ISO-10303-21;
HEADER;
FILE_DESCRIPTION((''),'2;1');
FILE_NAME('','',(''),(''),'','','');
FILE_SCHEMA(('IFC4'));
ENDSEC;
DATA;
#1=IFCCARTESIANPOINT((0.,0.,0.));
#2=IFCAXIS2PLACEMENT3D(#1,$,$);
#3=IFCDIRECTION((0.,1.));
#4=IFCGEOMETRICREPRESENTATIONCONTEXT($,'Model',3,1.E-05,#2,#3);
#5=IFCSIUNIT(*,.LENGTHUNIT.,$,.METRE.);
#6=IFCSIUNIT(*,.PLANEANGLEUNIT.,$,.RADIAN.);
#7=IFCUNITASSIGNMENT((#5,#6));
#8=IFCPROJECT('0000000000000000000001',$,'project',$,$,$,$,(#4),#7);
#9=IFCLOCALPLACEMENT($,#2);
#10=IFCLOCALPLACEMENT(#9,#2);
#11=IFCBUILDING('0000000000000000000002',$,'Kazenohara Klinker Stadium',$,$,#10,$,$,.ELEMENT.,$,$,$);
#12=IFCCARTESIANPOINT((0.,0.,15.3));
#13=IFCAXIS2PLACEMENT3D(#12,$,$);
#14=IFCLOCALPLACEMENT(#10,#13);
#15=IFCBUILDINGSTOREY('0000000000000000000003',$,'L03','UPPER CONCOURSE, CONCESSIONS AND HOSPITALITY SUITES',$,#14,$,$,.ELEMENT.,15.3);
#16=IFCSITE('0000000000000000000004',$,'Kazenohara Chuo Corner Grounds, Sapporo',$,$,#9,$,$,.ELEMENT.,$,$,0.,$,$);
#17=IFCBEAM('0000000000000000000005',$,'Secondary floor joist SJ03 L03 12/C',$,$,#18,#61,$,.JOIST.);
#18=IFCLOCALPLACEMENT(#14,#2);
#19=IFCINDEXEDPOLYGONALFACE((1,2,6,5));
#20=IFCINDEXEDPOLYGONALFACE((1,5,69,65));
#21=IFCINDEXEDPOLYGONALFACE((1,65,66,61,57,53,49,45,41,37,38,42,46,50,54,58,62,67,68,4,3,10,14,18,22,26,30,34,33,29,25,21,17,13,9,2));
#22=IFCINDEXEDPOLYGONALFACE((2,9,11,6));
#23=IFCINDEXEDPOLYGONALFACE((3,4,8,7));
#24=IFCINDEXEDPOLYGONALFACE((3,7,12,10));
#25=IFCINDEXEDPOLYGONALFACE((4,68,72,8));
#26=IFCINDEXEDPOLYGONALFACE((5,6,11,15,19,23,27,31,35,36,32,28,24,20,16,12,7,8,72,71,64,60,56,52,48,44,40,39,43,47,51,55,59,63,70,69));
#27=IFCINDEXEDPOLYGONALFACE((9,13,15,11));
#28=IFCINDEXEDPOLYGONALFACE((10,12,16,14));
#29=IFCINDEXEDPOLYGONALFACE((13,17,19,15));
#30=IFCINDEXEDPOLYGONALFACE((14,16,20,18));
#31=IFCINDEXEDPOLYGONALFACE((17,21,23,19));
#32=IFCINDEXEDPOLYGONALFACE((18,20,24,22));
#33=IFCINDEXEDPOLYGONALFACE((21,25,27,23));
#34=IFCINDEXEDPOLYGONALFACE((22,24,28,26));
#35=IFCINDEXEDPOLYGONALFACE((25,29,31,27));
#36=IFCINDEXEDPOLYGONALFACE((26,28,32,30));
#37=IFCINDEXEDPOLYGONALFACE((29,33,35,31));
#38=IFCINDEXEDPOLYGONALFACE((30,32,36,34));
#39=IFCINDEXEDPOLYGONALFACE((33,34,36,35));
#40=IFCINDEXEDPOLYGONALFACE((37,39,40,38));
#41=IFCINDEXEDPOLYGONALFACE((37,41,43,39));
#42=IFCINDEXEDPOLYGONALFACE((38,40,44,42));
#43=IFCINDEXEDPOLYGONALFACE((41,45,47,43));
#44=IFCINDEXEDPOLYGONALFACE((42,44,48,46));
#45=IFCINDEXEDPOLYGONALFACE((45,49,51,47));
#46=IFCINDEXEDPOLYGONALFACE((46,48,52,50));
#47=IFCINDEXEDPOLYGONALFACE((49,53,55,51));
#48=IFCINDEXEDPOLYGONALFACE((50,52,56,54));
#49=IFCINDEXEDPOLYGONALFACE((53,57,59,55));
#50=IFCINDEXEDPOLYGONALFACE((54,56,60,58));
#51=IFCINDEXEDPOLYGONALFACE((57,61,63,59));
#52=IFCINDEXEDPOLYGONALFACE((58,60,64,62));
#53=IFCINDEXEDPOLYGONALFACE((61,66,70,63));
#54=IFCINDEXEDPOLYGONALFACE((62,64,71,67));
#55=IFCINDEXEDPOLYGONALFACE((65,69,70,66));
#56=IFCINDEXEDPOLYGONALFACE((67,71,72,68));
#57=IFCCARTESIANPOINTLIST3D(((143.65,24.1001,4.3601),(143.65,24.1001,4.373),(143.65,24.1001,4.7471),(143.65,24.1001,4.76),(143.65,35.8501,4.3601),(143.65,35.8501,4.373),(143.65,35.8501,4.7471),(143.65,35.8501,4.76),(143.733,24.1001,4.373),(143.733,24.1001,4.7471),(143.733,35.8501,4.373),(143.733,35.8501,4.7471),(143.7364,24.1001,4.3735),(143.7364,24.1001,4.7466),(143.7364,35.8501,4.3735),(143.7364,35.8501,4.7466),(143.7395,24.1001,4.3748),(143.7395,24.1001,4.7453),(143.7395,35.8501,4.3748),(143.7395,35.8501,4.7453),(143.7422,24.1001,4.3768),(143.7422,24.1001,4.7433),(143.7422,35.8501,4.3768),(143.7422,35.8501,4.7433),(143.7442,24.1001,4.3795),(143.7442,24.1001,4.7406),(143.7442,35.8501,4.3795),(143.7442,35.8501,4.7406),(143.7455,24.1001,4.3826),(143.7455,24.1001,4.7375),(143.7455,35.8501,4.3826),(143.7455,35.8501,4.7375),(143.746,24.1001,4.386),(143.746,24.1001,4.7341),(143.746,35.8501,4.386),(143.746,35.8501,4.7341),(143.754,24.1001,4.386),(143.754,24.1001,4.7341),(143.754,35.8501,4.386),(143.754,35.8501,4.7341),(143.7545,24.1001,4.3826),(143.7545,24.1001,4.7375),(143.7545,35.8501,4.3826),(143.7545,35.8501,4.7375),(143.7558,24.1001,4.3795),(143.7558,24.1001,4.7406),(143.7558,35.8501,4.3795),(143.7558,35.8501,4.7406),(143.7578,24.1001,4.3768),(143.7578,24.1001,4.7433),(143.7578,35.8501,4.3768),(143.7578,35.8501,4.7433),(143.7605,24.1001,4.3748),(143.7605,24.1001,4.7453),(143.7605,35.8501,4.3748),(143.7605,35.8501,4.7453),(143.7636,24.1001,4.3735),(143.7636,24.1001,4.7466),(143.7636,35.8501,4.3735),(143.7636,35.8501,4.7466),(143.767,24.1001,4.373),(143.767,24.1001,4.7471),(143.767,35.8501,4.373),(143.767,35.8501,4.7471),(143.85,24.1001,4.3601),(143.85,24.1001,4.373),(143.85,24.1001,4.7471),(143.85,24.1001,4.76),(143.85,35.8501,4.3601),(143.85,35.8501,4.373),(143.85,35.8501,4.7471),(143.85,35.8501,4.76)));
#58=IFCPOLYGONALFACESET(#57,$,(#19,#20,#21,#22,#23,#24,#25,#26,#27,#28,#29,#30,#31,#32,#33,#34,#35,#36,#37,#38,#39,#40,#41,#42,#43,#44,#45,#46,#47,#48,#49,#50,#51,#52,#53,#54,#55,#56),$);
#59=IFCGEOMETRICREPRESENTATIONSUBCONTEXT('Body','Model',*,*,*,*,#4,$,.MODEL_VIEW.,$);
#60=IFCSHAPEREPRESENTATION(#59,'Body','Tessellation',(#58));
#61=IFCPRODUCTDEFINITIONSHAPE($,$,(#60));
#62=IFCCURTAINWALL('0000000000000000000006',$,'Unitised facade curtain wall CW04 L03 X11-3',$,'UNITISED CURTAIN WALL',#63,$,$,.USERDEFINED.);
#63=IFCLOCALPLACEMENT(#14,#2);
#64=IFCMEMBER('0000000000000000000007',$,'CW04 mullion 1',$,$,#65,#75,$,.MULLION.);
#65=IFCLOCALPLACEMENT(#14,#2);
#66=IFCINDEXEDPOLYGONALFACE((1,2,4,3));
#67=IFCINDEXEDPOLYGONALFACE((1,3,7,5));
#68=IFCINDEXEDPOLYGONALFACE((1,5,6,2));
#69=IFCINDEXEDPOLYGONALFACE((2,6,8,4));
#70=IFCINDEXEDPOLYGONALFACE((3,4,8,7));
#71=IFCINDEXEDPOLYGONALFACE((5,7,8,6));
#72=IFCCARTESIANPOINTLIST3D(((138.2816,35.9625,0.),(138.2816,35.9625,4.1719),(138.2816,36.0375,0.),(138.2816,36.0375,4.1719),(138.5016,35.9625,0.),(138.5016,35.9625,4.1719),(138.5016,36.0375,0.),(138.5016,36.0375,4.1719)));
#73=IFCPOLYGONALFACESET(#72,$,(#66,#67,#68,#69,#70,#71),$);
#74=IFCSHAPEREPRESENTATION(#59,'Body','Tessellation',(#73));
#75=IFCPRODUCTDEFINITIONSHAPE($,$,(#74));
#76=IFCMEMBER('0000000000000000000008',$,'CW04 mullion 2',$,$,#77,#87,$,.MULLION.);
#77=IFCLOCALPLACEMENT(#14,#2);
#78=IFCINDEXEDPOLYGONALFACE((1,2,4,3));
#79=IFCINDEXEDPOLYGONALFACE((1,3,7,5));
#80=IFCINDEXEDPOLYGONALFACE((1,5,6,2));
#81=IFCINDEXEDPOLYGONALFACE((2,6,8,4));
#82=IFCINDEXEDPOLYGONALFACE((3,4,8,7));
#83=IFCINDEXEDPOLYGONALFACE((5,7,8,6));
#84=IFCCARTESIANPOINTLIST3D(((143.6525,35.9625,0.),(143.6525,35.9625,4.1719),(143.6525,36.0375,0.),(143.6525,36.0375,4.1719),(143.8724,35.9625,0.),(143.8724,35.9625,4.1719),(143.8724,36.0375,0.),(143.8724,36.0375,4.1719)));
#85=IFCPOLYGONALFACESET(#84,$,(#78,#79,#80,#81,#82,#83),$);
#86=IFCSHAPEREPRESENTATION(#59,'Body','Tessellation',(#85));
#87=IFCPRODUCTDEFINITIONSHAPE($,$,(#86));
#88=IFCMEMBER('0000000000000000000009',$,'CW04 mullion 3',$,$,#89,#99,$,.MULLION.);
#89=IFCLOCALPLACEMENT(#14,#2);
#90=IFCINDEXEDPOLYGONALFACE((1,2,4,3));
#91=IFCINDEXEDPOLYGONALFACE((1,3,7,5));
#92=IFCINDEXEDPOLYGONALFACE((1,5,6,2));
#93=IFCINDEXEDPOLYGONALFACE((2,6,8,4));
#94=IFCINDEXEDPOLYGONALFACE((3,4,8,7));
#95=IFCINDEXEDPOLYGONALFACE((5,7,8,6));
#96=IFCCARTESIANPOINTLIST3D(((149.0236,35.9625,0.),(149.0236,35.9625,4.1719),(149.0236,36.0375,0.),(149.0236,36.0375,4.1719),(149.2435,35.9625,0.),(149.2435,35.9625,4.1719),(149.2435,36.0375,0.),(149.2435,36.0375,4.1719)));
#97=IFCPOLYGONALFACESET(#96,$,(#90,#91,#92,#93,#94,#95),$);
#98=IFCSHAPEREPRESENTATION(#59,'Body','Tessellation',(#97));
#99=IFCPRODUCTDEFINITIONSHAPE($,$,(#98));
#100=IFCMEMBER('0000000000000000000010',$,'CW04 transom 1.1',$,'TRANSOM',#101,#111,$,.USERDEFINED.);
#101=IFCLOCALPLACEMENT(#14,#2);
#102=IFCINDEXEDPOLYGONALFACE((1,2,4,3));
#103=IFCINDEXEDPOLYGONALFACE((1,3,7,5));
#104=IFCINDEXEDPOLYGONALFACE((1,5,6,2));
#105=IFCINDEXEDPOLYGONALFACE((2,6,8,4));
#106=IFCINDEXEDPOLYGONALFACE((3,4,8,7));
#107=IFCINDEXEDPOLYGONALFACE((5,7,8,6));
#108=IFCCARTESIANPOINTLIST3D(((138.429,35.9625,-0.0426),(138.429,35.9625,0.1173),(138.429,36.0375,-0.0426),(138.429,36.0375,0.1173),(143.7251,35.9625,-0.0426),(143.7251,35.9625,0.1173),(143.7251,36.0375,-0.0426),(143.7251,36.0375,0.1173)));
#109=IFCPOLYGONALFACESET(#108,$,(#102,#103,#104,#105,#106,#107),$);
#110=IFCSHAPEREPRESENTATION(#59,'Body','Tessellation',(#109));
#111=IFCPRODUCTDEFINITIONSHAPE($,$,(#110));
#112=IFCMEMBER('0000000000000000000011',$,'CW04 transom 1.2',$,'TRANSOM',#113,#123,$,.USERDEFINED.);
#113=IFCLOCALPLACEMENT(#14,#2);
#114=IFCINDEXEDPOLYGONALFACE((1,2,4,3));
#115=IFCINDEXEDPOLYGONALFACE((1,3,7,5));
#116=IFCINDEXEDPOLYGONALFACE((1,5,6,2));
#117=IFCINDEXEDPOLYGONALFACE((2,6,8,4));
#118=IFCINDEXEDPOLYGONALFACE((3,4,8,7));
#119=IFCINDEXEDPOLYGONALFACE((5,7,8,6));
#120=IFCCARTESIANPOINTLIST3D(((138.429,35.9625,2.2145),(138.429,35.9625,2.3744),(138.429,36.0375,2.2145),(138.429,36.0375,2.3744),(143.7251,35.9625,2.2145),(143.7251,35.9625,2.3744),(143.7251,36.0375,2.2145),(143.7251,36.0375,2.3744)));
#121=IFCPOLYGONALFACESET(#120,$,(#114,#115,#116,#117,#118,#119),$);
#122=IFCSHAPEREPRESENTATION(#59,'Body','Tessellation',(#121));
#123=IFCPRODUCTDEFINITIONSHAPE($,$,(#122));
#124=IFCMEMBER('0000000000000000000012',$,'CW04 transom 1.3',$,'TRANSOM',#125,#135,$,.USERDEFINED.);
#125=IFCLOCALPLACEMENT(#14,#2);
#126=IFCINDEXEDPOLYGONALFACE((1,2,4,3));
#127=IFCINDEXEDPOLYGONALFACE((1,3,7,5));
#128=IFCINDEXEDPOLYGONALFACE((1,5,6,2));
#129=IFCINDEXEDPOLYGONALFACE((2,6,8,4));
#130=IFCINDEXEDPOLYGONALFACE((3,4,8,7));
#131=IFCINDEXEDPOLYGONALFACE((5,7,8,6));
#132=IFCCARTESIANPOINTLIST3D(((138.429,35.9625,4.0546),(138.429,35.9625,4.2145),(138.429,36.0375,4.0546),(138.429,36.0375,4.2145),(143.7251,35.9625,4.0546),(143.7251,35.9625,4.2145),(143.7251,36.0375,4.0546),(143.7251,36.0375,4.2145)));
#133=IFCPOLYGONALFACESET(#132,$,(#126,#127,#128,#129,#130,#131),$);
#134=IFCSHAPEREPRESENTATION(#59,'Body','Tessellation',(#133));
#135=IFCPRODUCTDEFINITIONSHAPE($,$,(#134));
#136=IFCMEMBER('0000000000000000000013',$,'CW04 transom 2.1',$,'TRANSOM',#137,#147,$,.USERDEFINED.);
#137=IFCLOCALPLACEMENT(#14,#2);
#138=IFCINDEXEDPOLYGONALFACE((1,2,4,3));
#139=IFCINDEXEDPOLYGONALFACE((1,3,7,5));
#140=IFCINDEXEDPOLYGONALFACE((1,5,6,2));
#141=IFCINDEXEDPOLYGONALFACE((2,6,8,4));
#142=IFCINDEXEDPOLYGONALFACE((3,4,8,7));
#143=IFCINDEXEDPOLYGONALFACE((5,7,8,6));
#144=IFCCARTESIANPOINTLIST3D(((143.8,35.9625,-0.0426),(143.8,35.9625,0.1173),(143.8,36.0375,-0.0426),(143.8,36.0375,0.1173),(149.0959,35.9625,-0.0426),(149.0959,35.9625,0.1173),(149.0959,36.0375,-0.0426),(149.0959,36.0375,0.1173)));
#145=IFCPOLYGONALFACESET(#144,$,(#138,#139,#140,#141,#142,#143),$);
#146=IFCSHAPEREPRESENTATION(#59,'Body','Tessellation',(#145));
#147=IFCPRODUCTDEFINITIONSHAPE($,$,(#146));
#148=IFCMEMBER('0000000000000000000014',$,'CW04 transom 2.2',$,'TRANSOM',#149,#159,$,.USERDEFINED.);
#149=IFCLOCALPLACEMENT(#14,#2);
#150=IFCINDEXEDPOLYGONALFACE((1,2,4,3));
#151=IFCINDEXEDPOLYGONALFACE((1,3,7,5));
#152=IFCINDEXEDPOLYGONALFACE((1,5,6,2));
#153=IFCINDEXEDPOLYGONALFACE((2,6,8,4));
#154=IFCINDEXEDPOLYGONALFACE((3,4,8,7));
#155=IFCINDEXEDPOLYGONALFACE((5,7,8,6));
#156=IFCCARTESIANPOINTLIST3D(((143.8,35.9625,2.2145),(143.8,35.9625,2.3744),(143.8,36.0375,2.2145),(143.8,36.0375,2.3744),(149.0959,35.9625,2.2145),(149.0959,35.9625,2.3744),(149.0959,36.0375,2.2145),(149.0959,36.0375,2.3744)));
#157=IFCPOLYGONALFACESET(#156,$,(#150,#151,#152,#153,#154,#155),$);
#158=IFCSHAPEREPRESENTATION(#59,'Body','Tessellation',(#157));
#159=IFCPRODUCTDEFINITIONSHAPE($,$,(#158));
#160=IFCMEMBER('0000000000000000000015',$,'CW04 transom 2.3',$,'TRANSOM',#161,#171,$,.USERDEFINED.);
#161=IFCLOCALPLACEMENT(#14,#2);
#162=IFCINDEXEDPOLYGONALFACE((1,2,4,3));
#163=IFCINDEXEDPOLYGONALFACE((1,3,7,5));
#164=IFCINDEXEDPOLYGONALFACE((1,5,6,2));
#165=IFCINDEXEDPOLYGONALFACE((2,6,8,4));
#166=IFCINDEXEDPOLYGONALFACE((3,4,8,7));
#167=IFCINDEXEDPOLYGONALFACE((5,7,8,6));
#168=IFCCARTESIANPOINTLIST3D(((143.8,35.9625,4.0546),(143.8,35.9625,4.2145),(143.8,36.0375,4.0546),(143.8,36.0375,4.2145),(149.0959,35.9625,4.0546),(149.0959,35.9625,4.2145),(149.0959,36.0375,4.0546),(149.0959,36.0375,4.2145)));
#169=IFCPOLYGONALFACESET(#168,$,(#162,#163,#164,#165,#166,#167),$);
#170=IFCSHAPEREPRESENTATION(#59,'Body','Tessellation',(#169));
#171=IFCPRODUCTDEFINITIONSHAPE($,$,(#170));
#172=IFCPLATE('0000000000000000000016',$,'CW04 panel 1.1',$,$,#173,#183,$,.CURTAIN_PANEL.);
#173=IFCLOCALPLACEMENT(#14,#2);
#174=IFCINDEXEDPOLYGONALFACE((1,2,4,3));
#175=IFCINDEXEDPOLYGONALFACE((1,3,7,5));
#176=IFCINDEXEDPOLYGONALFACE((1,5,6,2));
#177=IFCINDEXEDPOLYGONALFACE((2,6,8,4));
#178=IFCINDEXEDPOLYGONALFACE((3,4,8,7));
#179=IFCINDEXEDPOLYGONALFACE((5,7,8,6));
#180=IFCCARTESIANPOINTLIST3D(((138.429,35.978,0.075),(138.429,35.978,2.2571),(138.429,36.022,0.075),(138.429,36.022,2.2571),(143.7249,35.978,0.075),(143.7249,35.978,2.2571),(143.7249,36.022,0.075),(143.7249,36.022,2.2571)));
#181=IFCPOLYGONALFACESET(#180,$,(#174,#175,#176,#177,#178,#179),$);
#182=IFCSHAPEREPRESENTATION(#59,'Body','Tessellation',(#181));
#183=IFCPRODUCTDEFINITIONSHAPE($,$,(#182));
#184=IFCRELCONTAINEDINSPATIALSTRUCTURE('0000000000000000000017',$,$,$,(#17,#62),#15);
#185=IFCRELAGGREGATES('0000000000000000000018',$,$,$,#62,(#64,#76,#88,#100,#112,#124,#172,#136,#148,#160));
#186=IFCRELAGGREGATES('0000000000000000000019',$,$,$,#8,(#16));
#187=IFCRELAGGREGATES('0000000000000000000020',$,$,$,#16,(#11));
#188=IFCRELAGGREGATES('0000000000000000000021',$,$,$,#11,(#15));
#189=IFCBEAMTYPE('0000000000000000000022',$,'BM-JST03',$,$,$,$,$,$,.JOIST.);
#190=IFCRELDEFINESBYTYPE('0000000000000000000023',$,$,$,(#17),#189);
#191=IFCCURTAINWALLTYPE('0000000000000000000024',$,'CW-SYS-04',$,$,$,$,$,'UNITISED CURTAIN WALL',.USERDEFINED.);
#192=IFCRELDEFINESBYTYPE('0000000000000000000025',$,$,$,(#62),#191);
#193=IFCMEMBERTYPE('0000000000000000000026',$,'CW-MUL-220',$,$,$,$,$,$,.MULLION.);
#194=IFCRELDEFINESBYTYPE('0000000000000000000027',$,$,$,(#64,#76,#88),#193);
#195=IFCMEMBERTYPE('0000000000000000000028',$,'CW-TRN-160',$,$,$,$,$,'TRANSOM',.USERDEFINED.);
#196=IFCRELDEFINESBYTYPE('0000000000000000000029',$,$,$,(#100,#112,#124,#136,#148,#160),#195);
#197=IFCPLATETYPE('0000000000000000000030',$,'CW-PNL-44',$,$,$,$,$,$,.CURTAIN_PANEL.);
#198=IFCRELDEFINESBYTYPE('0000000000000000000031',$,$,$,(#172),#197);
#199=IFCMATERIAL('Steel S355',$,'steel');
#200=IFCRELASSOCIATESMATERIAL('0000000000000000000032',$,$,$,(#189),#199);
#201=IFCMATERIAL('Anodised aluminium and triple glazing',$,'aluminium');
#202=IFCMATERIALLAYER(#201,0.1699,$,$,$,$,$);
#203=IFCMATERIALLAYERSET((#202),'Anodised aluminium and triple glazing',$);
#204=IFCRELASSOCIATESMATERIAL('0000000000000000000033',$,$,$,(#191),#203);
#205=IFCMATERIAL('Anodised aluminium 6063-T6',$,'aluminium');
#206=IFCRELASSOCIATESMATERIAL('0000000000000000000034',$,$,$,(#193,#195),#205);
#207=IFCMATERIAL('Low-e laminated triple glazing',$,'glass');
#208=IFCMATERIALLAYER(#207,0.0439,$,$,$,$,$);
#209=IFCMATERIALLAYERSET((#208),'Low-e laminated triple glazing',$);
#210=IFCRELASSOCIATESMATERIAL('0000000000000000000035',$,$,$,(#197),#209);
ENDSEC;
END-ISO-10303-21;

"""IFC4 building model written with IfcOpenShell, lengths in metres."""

from ifc_helpers import new_model, si_unit, direction, frame, origin, origin_2d, place, context, subcontext, project, spatial, rectangle, i_section, extrude, material, layer, layer_set, material_profile, profile_set, type_object, element, aggregate, save


model = new_model("IFC4")

# Units and contexts
model_context = context("Model", 3, precision=1e-05, world=origin(), true_north=direction((0.0, 1.0)))
body_context = subcontext(model_context, "Body", "Model", "MODEL_VIEW")
ifc_project = project(units=[si_unit("LENGTHUNIT", "METRE"), si_unit("PLANEANGLEUNIT", "RADIAN")], contexts=[model_context])

# Site, building, storey
site_placement = place(None, origin())
site = spatial("IfcSite", under=ifc_project, at=site_placement, Name="Kazenohara Chuo Corner Grounds, Sapporo", CompositionType="ELEMENT", RefElevation=0.0)
building_placement = place(site_placement, origin())
building = spatial("IfcBuilding", under=site, at=building_placement, Name="Kazenohara Klinker Stadium", CompositionType="ELEMENT")
storey_placement = place(building_placement, frame((0.0, 0.0, 15.3)))
storey = spatial("IfcBuildingStorey", under=building, at=storey_placement, Name="L03", Description="UPPER CONCOURSE, CONCESSIONS AND HOSPITALITY SUITES", CompositionType="ELEMENT", Elevation=15.3)

# Beam
ifc_material_1 = material(Name="Steel S355", Category="steel")
ifc_material_profile_1 = material_profile(ifc_material_1, i_section(OverallWidth=0.2, OverallDepth=0.3999, WebThickness=0.0081, FlangeThickness=0.0129, FilletRadius=0.0129, at=origin_2d()), Name="H-400x200x8x13")
ifc_profile_set_1 = profile_set([ifc_material_profile_1], Name="Steel S355")
beam_type = type_object("IfcBeamType", Name="BM-JST03", PredefinedType="JOIST", material=ifc_profile_set_1)
beam_placement = place(storey_placement, frame((143.75, 24.1001, 4.5601), z_axis=(0.0, 1.0, 0.0), x_axis=(-1.0, 0.0, 0.0)))
element("IfcBeam", 1, at=beam_placement, inside=storey, type_object=beam_type, Name="Secondary floor joist SJ03 L03 12/C", PredefinedType="JOIST", context=body_context, shape_type="SweptSolid", body=[
    extrude(i_section(OverallWidth=0.2, OverallDepth=0.3999, WebThickness=0.0081, FlangeThickness=0.0129, FilletRadius=0.0129, at=origin_2d()), origin(), (0.0, 0.0, 1.0), 11.75),
])

# Curtain wall, members, plate
ifc_material_2 = material(Name="Anodised aluminium and triple glazing", Category="aluminium")
ifc_layer_1 = layer(ifc_material_2, 0.1699)
ifc_layer_set_1 = layer_set([ifc_layer_1], Name="Anodised aluminium and triple glazing")
curtain_wall_type = type_object("IfcCurtainWallType", Name="CW-SYS-04", ElementType="UNITISED CURTAIN WALL", PredefinedType="USERDEFINED", material=ifc_layer_set_1)
curtain_wall_placement = place(storey_placement, origin())
curtain_wall = element("IfcCurtainWall", 2, at=curtain_wall_placement, inside=storey, type_object=curtain_wall_type, Name="Unitised facade curtain wall CW04 L03 X11-3", ObjectType="UNITISED CURTAIN WALL", PredefinedType="USERDEFINED")
ifc_material_3 = material(Name="Anodised aluminium 6063-T6", Category="aluminium")
ifc_material_profile_2 = material_profile(ifc_material_3, rectangle(XDim=0.075, YDim=0.22, at=origin_2d()), Name="ALU-MUL-75x220")
ifc_profile_set_2 = profile_set([ifc_material_profile_2], Name="Anodised aluminium 6063-T6")
member_type_1 = type_object("IfcMemberType", Name="CW-MUL-220", PredefinedType="MULLION", material=ifc_profile_set_2)
member_1_placement = place(storey_placement, frame((138.3916, 36.0, 0.0), z_axis=(0.0, 0.0, 1.0), x_axis=(0.0, 1.0, 0.0)))
member_1 = element("IfcMember", 3, at=member_1_placement, type_object=member_type_1, Name="CW04 mullion 1", PredefinedType="MULLION", context=body_context, shape_type="SweptSolid", body=[
    extrude(rectangle(XDim=0.075, YDim=0.22, at=origin_2d()), origin(), (0.0, 0.0, 1.0), 4.1719),
])
member_2_placement = place(storey_placement, frame((143.7625, 36.0, 0.0), z_axis=(0.0, 0.0, 1.0), x_axis=(0.0, 1.0, 0.0)))
member_2 = element("IfcMember", 4, at=member_2_placement, type_object=member_type_1, Name="CW04 mullion 2", PredefinedType="MULLION", context=body_context, shape_type="SweptSolid", body=[
    extrude(rectangle(XDim=0.075, YDim=0.22, at=origin_2d()), origin(), (0.0, 0.0, 1.0), 4.1719),
])
member_3_placement = place(storey_placement, frame((149.1335, 36.0, 0.0), z_axis=(0.0, 0.0, 1.0), x_axis=(0.0, 1.0, 0.0)))
member_3 = element("IfcMember", 5, at=member_3_placement, type_object=member_type_1, Name="CW04 mullion 3", PredefinedType="MULLION", context=body_context, shape_type="SweptSolid", body=[
    extrude(rectangle(XDim=0.075, YDim=0.22, at=origin_2d()), origin(), (0.0, 0.0, 1.0), 4.1719),
])
ifc_material_profile_3 = material_profile(ifc_material_3, rectangle(XDim=0.075, YDim=0.1599, at=origin_2d()), Name="ALU-TRN-75x160")
ifc_profile_set_3 = profile_set([ifc_material_profile_3], Name="Anodised aluminium 6063-T6")
member_type_2 = type_object("IfcMemberType", Name="CW-TRN-160", ElementType="TRANSOM", PredefinedType="USERDEFINED", material=ifc_profile_set_3)
member_4_placement = place(storey_placement, frame((138.429, 36.0, 0.0374), z_axis=(1.0, 0.0, 0.0), x_axis=(0.0, 1.0, 0.0)))
member_4 = element("IfcMember", 6, at=member_4_placement, type_object=member_type_2, Name="CW04 transom 1.1", ObjectType="TRANSOM", PredefinedType="USERDEFINED", context=body_context, shape_type="SweptSolid", body=[
    extrude(rectangle(XDim=0.075, YDim=0.1599, at=origin_2d()), origin(), (0.0, 0.0, 1.0), 5.2961),
])
member_5_placement = place(storey_placement, frame((138.429, 36.0, 2.2944), z_axis=(1.0, 0.0, 0.0), x_axis=(0.0, 1.0, 0.0)))
member_5 = element("IfcMember", 7, at=member_5_placement, type_object=member_type_2, Name="CW04 transom 1.2", ObjectType="TRANSOM", PredefinedType="USERDEFINED", context=body_context, shape_type="SweptSolid", body=[
    extrude(rectangle(XDim=0.075, YDim=0.1599, at=origin_2d()), origin(), (0.0, 0.0, 1.0), 5.2961),
])
member_6_placement = place(storey_placement, frame((138.429, 36.0, 4.1345), z_axis=(1.0, 0.0, 0.0), x_axis=(0.0, 1.0, 0.0)))
member_6 = element("IfcMember", 8, at=member_6_placement, type_object=member_type_2, Name="CW04 transom 1.3", ObjectType="TRANSOM", PredefinedType="USERDEFINED", context=body_context, shape_type="SweptSolid", body=[
    extrude(rectangle(XDim=0.075, YDim=0.1599, at=origin_2d()), origin(), (0.0, 0.0, 1.0), 5.2961),
])
member_7_placement = place(storey_placement, frame((143.8, 36.0, 0.0374), z_axis=(1.0, 0.0, 0.0), x_axis=(0.0, 1.0, 0.0)))
member_7 = element("IfcMember", 9, at=member_7_placement, type_object=member_type_2, Name="CW04 transom 2.1", ObjectType="TRANSOM", PredefinedType="USERDEFINED", context=body_context, shape_type="SweptSolid", body=[
    extrude(rectangle(XDim=0.075, YDim=0.1599, at=origin_2d()), origin(), (0.0, 0.0, 1.0), 5.2959),
])
member_8_placement = place(storey_placement, frame((143.8, 36.0, 2.2944), z_axis=(1.0, 0.0, 0.0), x_axis=(0.0, 1.0, 0.0)))
member_8 = element("IfcMember", 10, at=member_8_placement, type_object=member_type_2, Name="CW04 transom 2.2", ObjectType="TRANSOM", PredefinedType="USERDEFINED", context=body_context, shape_type="SweptSolid", body=[
    extrude(rectangle(XDim=0.075, YDim=0.1599, at=origin_2d()), origin(), (0.0, 0.0, 1.0), 5.2959),
])
member_9_placement = place(storey_placement, frame((143.8, 36.0, 4.1345), z_axis=(1.0, 0.0, 0.0), x_axis=(0.0, 1.0, 0.0)))
member_9 = element("IfcMember", 11, at=member_9_placement, type_object=member_type_2, Name="CW04 transom 2.3", ObjectType="TRANSOM", PredefinedType="USERDEFINED", context=body_context, shape_type="SweptSolid", body=[
    extrude(rectangle(XDim=0.075, YDim=0.1599, at=origin_2d()), origin(), (0.0, 0.0, 1.0), 5.2959),
])
ifc_material_4 = material(Name="Low-e laminated triple glazing", Category="glass")
ifc_layer_2 = layer(ifc_material_4, 0.0439)
ifc_layer_set_2 = layer_set([ifc_layer_2], Name="Low-e laminated triple glazing")
plate_type = type_object("IfcPlateType", Name="CW-PNL-44", PredefinedType="CURTAIN_PANEL", material=ifc_layer_set_2)
plate_1_placement = place(storey_placement, frame((141.0769, 36.0, 0.075), z_axis=(0.0, 0.0, 1.0), x_axis=(1.0, 0.0, 0.0)))
plate_1 = element("IfcPlate", 12, at=plate_1_placement, type_object=plate_type, Name="CW04 panel 1.1", PredefinedType="CURTAIN_PANEL", context=body_context, shape_type="SweptSolid", body=[
    extrude(rectangle(XDim=5.2959, YDim=0.0439, at=origin_2d()), origin(), (0.0, 0.0, 1.0), 2.1821),
])
aggregate(curtain_wall, [member_1, member_2, member_3, member_4, member_5, member_6, plate_1, member_7, member_8, member_9])

save(model, "model.ifc")
